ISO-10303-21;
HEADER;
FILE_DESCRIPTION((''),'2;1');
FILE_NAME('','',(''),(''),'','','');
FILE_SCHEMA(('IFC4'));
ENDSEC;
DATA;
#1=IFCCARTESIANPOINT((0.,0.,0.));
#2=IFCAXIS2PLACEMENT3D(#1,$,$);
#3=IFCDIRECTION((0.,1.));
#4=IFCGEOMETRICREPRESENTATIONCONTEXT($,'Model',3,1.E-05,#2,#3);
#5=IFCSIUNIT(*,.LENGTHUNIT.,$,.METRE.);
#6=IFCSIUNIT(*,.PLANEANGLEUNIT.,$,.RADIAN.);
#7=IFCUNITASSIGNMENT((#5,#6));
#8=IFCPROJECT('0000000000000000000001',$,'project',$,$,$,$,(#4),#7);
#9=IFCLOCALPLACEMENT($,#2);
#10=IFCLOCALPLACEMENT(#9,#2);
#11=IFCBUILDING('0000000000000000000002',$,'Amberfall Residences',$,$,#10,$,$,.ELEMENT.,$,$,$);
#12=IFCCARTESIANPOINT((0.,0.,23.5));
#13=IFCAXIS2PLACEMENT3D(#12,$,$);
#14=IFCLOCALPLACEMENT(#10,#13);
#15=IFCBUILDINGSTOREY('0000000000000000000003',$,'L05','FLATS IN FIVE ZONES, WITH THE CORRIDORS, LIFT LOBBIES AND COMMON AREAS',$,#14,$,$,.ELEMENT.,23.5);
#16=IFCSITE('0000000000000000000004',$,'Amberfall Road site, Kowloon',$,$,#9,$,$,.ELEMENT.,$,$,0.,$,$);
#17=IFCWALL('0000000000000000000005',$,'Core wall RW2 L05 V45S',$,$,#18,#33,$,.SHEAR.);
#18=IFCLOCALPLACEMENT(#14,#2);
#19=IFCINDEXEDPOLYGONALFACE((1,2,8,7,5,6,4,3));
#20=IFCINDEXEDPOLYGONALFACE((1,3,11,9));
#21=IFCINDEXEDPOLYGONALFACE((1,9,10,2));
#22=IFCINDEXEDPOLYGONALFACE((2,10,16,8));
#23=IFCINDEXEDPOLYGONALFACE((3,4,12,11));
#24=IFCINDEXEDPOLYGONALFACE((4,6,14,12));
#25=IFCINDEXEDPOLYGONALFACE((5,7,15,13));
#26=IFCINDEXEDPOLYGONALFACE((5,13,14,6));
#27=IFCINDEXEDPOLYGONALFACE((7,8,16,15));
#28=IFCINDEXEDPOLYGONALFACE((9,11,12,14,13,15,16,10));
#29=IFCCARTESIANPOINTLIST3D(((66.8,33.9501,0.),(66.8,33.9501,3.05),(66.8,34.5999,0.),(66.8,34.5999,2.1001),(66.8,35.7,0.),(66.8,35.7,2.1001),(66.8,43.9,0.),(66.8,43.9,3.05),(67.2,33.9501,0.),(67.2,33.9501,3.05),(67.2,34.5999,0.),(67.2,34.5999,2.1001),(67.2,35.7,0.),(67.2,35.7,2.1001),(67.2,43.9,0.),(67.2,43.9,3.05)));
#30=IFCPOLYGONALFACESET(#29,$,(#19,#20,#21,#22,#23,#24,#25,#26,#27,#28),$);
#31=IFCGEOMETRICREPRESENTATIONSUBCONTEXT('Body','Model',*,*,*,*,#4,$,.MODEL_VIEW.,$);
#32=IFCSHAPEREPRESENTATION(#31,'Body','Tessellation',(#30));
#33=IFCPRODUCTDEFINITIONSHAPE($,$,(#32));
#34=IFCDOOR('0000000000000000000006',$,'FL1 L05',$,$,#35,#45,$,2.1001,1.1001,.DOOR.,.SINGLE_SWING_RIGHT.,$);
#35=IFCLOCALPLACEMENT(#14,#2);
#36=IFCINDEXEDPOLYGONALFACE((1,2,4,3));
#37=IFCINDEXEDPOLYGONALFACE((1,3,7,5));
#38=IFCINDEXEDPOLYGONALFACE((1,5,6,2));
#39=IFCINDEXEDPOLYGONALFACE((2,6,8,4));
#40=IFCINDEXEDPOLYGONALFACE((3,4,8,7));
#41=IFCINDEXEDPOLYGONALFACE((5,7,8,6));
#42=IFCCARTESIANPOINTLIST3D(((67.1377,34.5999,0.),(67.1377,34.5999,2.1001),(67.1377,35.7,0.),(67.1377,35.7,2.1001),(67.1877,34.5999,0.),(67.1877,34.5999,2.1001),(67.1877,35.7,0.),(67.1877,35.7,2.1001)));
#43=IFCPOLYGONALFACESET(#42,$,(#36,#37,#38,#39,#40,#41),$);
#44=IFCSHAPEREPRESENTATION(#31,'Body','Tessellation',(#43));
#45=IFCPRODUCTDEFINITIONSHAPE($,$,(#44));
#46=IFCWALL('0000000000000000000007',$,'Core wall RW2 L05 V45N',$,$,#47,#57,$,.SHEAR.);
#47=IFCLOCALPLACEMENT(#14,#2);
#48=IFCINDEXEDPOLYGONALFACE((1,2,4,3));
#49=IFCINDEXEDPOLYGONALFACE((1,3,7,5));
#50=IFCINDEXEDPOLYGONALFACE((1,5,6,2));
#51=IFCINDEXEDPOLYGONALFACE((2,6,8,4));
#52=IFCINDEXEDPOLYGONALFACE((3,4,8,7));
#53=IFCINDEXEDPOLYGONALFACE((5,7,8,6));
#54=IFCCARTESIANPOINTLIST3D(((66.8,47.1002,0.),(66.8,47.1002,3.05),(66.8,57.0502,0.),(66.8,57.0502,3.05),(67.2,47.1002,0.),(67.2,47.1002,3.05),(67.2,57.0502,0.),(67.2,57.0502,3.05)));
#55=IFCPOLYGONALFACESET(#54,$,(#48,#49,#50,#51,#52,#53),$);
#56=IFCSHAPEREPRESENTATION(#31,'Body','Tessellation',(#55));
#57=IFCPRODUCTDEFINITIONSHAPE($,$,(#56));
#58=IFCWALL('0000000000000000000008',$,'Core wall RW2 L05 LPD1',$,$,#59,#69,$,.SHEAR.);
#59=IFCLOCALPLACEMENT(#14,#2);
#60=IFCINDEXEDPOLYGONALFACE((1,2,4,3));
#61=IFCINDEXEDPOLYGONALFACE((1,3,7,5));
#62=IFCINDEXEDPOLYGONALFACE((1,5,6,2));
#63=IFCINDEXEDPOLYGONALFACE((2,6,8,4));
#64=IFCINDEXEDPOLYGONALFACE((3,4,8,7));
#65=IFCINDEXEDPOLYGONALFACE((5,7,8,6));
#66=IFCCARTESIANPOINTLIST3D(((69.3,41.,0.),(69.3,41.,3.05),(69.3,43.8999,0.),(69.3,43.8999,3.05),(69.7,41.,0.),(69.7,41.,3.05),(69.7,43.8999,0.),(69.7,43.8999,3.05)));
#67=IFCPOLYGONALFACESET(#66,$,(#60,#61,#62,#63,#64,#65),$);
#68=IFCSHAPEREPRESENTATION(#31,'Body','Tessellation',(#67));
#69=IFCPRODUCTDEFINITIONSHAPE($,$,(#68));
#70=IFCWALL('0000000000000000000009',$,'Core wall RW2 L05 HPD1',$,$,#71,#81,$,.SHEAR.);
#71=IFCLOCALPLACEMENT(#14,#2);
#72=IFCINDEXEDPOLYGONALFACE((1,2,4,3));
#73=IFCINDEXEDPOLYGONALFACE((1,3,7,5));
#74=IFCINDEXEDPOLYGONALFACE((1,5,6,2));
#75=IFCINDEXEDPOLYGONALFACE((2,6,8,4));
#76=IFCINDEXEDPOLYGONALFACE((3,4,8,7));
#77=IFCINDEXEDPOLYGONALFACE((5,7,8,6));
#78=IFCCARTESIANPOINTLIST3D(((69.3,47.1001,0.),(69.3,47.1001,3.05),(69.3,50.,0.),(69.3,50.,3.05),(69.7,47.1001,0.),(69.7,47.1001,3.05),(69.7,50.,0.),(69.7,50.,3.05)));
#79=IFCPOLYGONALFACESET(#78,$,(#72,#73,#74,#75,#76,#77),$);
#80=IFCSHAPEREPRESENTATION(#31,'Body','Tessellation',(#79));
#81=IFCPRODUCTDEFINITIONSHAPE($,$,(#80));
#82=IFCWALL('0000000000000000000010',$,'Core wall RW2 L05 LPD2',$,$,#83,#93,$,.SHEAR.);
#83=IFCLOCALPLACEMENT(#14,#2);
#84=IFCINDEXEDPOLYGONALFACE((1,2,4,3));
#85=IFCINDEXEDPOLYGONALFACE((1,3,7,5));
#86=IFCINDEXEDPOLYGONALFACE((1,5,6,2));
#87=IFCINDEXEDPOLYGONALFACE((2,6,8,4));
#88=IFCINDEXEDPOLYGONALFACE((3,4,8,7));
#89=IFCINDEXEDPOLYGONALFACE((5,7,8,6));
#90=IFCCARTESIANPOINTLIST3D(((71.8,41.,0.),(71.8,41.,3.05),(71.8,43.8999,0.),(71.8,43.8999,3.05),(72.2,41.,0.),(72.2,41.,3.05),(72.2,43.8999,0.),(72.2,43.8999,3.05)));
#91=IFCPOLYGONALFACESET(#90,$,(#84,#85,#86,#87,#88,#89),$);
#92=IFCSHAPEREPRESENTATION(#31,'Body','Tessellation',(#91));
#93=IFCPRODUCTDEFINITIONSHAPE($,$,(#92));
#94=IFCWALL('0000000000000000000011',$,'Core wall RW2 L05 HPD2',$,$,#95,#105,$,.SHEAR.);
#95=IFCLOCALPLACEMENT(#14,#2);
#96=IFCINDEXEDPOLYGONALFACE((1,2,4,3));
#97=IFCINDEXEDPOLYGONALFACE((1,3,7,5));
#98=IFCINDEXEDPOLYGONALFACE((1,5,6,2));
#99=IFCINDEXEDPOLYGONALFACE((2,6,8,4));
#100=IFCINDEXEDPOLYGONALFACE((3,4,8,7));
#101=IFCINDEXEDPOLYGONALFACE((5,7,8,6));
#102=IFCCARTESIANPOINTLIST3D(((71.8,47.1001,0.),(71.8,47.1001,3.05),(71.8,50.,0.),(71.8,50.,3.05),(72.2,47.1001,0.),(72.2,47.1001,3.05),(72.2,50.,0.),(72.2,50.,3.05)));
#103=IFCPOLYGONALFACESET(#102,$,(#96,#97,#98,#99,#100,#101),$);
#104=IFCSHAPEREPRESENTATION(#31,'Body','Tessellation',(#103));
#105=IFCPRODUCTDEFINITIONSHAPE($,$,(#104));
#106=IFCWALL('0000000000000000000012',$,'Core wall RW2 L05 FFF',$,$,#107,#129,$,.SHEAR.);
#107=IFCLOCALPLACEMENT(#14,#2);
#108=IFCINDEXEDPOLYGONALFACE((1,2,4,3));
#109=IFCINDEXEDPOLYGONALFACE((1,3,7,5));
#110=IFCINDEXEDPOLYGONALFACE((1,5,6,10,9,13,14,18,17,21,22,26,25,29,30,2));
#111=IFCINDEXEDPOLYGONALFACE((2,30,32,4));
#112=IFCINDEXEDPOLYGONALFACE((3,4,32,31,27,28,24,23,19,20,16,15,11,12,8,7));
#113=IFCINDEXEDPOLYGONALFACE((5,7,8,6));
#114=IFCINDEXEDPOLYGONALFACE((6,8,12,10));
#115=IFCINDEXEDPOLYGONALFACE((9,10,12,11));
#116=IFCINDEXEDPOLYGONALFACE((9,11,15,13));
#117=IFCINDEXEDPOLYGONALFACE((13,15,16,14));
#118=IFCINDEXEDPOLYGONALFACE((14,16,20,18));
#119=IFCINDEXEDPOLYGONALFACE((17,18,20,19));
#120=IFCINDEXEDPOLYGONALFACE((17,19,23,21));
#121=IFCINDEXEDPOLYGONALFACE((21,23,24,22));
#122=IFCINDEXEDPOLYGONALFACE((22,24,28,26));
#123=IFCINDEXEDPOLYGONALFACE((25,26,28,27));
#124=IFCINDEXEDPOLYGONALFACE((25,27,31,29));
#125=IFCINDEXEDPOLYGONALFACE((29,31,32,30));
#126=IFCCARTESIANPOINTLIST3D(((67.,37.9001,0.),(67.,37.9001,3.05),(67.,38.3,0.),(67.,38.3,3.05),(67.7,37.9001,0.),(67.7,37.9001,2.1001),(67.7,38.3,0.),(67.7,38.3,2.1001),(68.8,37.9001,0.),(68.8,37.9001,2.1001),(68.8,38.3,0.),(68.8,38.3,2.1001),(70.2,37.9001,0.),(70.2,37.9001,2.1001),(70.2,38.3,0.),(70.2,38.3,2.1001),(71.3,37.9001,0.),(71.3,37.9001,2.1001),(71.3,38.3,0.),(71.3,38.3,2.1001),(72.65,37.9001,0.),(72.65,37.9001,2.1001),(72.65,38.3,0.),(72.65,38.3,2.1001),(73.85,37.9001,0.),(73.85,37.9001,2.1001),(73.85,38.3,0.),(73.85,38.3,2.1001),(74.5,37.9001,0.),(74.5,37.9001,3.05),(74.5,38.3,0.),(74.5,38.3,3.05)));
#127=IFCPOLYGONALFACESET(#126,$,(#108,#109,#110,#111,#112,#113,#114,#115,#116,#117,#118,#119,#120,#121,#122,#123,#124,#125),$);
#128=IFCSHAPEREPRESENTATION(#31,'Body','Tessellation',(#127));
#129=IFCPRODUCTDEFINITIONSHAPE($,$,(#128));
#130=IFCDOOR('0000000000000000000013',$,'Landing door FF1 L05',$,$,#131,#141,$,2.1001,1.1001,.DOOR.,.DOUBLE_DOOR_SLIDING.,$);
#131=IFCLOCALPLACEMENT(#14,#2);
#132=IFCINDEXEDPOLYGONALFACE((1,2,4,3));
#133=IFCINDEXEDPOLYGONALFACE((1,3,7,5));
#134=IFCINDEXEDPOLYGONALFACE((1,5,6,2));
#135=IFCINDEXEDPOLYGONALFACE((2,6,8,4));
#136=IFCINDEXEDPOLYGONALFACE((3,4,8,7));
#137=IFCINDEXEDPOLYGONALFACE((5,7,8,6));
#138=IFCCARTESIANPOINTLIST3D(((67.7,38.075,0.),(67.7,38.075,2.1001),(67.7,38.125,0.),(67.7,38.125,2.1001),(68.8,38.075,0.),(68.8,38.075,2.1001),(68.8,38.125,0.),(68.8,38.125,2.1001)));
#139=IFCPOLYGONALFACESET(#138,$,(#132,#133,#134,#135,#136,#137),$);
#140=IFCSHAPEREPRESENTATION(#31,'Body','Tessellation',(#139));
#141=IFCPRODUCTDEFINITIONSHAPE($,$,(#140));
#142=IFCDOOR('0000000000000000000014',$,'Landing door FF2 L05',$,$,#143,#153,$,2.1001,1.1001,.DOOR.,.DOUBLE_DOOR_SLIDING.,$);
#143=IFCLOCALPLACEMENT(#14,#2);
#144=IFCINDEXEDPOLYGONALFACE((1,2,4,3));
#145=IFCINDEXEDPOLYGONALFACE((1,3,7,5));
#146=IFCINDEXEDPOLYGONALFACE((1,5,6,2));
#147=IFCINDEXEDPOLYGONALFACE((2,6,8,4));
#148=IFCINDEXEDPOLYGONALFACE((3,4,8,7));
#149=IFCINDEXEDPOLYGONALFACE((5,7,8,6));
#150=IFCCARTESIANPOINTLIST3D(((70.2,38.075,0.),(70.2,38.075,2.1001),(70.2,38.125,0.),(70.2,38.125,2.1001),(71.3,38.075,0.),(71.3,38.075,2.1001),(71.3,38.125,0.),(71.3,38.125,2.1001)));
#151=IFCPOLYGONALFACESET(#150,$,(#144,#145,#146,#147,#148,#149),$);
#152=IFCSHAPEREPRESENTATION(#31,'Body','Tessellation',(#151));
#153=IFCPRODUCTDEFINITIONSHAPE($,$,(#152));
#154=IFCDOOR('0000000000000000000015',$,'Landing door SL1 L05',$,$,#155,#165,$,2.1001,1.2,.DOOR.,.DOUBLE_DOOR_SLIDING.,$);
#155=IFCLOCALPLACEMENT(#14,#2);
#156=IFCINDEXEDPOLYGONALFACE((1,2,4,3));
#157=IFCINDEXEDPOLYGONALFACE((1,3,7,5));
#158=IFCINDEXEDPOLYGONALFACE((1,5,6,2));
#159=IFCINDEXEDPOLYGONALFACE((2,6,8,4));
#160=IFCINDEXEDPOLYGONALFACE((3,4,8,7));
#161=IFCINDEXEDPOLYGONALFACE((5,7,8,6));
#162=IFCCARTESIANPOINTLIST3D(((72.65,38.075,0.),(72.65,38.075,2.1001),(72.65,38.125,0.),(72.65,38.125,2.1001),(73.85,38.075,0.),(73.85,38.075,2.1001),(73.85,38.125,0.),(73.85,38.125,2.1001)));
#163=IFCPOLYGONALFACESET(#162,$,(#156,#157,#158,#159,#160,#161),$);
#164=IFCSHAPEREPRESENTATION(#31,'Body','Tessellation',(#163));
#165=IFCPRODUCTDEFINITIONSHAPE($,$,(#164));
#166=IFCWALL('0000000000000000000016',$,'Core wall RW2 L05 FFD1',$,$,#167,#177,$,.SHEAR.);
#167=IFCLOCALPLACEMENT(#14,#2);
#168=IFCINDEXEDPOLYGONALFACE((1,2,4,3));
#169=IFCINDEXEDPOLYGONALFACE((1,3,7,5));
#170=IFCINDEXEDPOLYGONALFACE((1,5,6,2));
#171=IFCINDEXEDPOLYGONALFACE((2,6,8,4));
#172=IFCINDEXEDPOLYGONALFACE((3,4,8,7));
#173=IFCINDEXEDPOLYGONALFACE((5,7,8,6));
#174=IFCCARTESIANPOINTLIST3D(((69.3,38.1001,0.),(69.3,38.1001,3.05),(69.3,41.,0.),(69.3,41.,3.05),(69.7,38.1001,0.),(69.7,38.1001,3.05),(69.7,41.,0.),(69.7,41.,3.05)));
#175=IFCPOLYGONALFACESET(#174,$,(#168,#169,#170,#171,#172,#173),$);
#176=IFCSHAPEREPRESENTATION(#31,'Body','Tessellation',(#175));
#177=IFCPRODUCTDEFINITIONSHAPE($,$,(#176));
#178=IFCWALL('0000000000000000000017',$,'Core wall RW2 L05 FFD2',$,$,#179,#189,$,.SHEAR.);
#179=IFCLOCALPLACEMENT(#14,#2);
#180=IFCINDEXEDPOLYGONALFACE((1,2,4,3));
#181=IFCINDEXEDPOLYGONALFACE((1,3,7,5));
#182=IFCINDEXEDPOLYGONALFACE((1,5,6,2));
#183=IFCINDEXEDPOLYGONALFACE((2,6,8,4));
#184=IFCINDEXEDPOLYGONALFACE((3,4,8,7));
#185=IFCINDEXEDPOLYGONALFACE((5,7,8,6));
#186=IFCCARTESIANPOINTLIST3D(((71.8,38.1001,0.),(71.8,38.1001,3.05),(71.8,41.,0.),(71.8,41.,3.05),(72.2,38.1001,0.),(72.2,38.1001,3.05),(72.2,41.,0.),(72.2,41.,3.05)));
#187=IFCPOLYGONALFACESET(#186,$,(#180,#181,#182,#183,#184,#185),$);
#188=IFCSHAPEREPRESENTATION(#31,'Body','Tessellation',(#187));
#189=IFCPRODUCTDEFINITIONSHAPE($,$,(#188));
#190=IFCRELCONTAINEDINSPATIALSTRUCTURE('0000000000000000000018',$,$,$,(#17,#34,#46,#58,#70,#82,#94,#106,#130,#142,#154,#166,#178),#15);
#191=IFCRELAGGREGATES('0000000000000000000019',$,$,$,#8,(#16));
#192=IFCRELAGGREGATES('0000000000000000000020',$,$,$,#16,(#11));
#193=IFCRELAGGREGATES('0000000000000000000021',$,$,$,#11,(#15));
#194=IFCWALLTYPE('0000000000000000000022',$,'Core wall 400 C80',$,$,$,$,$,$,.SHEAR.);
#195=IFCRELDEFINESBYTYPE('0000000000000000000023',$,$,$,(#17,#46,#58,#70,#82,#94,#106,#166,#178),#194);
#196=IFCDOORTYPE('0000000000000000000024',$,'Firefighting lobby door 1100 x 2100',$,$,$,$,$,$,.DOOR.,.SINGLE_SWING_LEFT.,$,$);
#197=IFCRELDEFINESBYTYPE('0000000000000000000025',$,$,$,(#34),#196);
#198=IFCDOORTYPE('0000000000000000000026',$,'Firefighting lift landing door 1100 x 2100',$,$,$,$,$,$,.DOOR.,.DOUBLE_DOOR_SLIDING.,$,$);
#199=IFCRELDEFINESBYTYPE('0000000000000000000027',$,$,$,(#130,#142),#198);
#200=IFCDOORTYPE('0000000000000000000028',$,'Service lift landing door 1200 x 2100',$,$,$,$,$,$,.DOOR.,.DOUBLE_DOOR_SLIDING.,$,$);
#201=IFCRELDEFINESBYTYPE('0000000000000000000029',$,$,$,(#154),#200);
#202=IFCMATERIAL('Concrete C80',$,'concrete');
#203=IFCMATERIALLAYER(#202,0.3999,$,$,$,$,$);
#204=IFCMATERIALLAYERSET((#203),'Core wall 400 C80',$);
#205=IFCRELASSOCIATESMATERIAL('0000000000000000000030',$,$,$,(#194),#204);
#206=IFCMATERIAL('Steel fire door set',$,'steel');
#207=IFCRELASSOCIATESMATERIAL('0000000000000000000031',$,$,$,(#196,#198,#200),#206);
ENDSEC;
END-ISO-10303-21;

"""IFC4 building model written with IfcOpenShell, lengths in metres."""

from ifc_helpers import new_model, si_unit, direction, frame, frame_2d, origin, place, context, subcontext, project, spatial, rectangle, extrude, material, layer, layer_set, type_object, element, fill, save


model = new_model("IFC4")

# Units and contexts
model_context = context("Model", 3, precision=1e-05, world=origin(), true_north=direction((0.0, 1.0)))
body_context = subcontext(model_context, "Body", "Model", "MODEL_VIEW")
ifc_project = project(units=[si_unit("LENGTHUNIT", "METRE"), si_unit("PLANEANGLEUNIT", "RADIAN")], contexts=[model_context])

# Site, building, storey
site_placement = place(None, origin())
site = spatial("IfcSite", under=ifc_project, at=site_placement, Name="Amberfall Road site, Kowloon", CompositionType="ELEMENT", RefElevation=0.0)
building_placement = place(site_placement, origin())
building = spatial("IfcBuilding", under=site, at=building_placement, Name="Amberfall Residences", CompositionType="ELEMENT")
storey_placement = place(building_placement, frame((0.0, 0.0, 23.5)))
storey = spatial("IfcBuildingStorey", under=building, at=storey_placement, Name="L05", Description="FLATS IN FIVE ZONES, WITH THE CORRIDORS, LIFT LOBBIES AND COMMON AREAS", CompositionType="ELEMENT", Elevation=23.5)

# Wall, opening, door
ifc_material_1 = material(Name="Concrete C80", Category="concrete")
ifc_layer_1 = layer(ifc_material_1, 0.3999)
ifc_layer_set_1 = layer_set([ifc_layer_1], Name="Core wall 400 C80")
wall_type_1 = type_object("IfcWallType", Name="Core wall 400 C80", PredefinedType="SHEAR", material=ifc_layer_set_1)
wall_1_placement = place(storey_placement, frame((67.0, 33.95, 0.0), z_axis=(0.0, 0.0, 1.0), x_axis=(0.0, 1.0, 0.0)))
wall_1 = element("IfcWall", 1, at=wall_1_placement, inside=storey, type_object=wall_type_1, Name="Core wall RW2 L05 V45S", PredefinedType="SHEAR", context=body_context, shape_type="SweptSolid", body=[
    extrude(rectangle(XDim=9.95, YDim=0.3999, at=frame_2d((4.9751, 0.0))), origin(), (0.0, 0.0, 1.0), 3.05),
])
opening_1_placement = place(wall_1_placement, frame((0.6499, 0.0, 0.0)))
opening_1 = element("IfcOpeningElement", 2, at=opening_1_placement, cuts=wall_1, PredefinedType="OPENING", context=body_context, shape_type="SweptSolid", body=[
    extrude(rectangle(XDim=1.1001, YDim=2.1001, at=frame_2d((0.55, 1.05))), frame((0.0, 0.21, 0.0), z_axis=(0.0, -1.0, 0.0), x_axis=(1.0, 0.0, 0.0)), (0.0, 0.0, 1.0), 0.4199),
])
ifc_material_2 = material(Name="Steel fire door set", Category="steel")
door_type_1 = type_object("IfcDoorType", Name="Firefighting lobby door 1100 x 2100", OperationType="SINGLE_SWING_LEFT", PredefinedType="DOOR", material=ifc_material_2)
door_1_placement = place(opening_1_placement, origin())
door_1 = element("IfcDoor", 3, at=door_1_placement, inside=storey, type_object=door_type_1, Name="FL1 L05", OperationType="SINGLE_SWING_RIGHT", OverallHeight=2.1001, OverallWidth=1.1001, PredefinedType="DOOR", context=body_context, shape_type="SweptSolid", body=[
    extrude(rectangle(XDim=1.1001, YDim=2.1001, at=frame_2d((0.55, 1.05))), frame((0.0, -0.1377, 0.0), z_axis=(0.0, -1.0, 0.0), x_axis=(1.0, 0.0, 0.0)), (0.0, 0.0, 1.0), 0.05),
])
fill(opening_1, door_1)

# Walls
wall_2_placement = place(storey_placement, frame((67.0, 47.1001, 0.0), z_axis=(0.0, 0.0, 1.0), x_axis=(0.0, 1.0, 0.0)))
element("IfcWall", 4, at=wall_2_placement, inside=storey, type_object=wall_type_1, Name="Core wall RW2 L05 V45N", PredefinedType="SHEAR", context=body_context, shape_type="SweptSolid", body=[
    extrude(rectangle(XDim=9.95, YDim=0.3999, at=frame_2d((4.9751, 0.0))), origin(), (0.0, 0.0, 1.0), 3.05),
])
for number, where, z_axis, x_axis, name in (
    (5, (69.5, 41.0, 0.0), (0.0, 0.0, 1.0), (0.0, 1.0, 0.0), "Core wall RW2 L05 LPD1"),
    (6, (69.5, 47.1001, 0.0), (0.0, 0.0, 1.0), (0.0, 1.0, 0.0), "Core wall RW2 L05 HPD1"),
    (7, (72.0, 41.0, 0.0), (0.0, 0.0, 1.0), (0.0, 1.0, 0.0), "Core wall RW2 L05 LPD2"),
    (8, (72.0, 47.1001, 0.0), (0.0, 0.0, 1.0), (0.0, 1.0, 0.0), "Core wall RW2 L05 HPD2"),
):
    element("IfcWall", number, at=place(storey_placement, frame(where, z_axis=z_axis, x_axis=x_axis)), inside=storey, type_object=wall_type_1, Name=name, PredefinedType="SHEAR", context=body_context, shape_type="SweptSolid", body=[
        extrude(rectangle(XDim=2.8999, YDim=0.3999, at=frame_2d((1.45, 0.0))), origin(), (0.0, 0.0, 1.0), 3.05),
    ])

# Wall, openings, doors
wall_3_placement = place(storey_placement, frame((67.0, 38.1001, 0.0), z_axis=(0.0, 0.0, 1.0), x_axis=(1.0, 0.0, 0.0)))
wall_3 = element("IfcWall", 9, at=wall_3_placement, inside=storey, type_object=wall_type_1, Name="Core wall RW2 L05 FFF", PredefinedType="SHEAR", context=body_context, shape_type="SweptSolid", body=[
    extrude(rectangle(XDim=7.5, YDim=0.3999, at=frame_2d((3.75, 0.0))), origin(), (0.0, 0.0, 1.0), 3.05),
])
opening_2_placement = place(wall_3_placement, frame((0.7, 0.0, 0.0)))
opening_2 = element("IfcOpeningElement", 10, at=opening_2_placement, cuts=wall_3, PredefinedType="OPENING", context=body_context, shape_type="SweptSolid", body=[
    extrude(rectangle(XDim=1.1001, YDim=2.1001, at=frame_2d((0.55, 1.05))), frame((0.0, 0.21, 0.0), z_axis=(0.0, -1.0, 0.0), x_axis=(1.0, 0.0, 0.0)), (0.0, 0.0, 1.0), 0.4199),
])
opening_3_placement = place(wall_3_placement, frame((3.2, 0.0, 0.0)))
opening_3 = element("IfcOpeningElement", 11, at=opening_3_placement, cuts=wall_3, PredefinedType="OPENING", context=body_context, shape_type="SweptSolid", body=[
    extrude(rectangle(XDim=1.1001, YDim=2.1001, at=frame_2d((0.55, 1.05))), frame((0.0, 0.21, 0.0), z_axis=(0.0, -1.0, 0.0), x_axis=(1.0, 0.0, 0.0)), (0.0, 0.0, 1.0), 0.4199),
])
opening_4_placement = place(wall_3_placement, frame((5.6499, 0.0, 0.0)))
opening_4 = element("IfcOpeningElement", 12, at=opening_4_placement, cuts=wall_3, PredefinedType="OPENING", context=body_context, shape_type="SweptSolid", body=[
    extrude(rectangle(XDim=1.2, YDim=2.1001, at=frame_2d((0.6001, 1.05))), frame((0.0, 0.21, 0.0), z_axis=(0.0, -1.0, 0.0), x_axis=(1.0, 0.0, 0.0)), (0.0, 0.0, 1.0), 0.4199),
])
door_type_2 = type_object("IfcDoorType", Name="Firefighting lift landing door 1100 x 2100", OperationType="DOUBLE_DOOR_SLIDING", PredefinedType="DOOR", material=ifc_material_2)
door_2_placement = place(opening_2_placement, origin())
door_2 = element("IfcDoor", 13, at=door_2_placement, inside=storey, type_object=door_type_2, Name="Landing door FF1 L05", OperationType="DOUBLE_DOOR_SLIDING", OverallHeight=2.1001, OverallWidth=1.1001, PredefinedType="DOOR", context=body_context, shape_type="SweptSolid", body=[
    extrude(rectangle(XDim=1.1001, YDim=2.1001, at=frame_2d((0.55, 1.05))), frame((0.0, 0.0249, 0.0), z_axis=(0.0, -1.0, 0.0), x_axis=(1.0, 0.0, 0.0)), (0.0, 0.0, 1.0), 0.05),
])
fill(opening_2, door_2)
door_3_placement = place(opening_3_placement, origin())
door_3 = element("IfcDoor", 14, at=door_3_placement, inside=storey, type_object=door_type_2, Name="Landing door FF2 L05", OperationType="DOUBLE_DOOR_SLIDING", OverallHeight=2.1001, OverallWidth=1.1001, PredefinedType="DOOR", context=body_context, shape_type="SweptSolid", body=[
    extrude(rectangle(XDim=1.1001, YDim=2.1001, at=frame_2d((0.55, 1.05))), frame((0.0, 0.0249, 0.0), z_axis=(0.0, -1.0, 0.0), x_axis=(1.0, 0.0, 0.0)), (0.0, 0.0, 1.0), 0.05),
])
fill(opening_3, door_3)
door_type_3 = type_object("IfcDoorType", Name="Service lift landing door 1200 x 2100", OperationType="DOUBLE_DOOR_SLIDING", PredefinedType="DOOR", material=ifc_material_2)
door_4_placement = place(opening_4_placement, origin())
door_4 = element("IfcDoor", 15, at=door_4_placement, inside=storey, type_object=door_type_3, Name="Landing door SL1 L05", OperationType="DOUBLE_DOOR_SLIDING", OverallHeight=2.1001, OverallWidth=1.2, PredefinedType="DOOR", context=body_context, shape_type="SweptSolid", body=[
    extrude(rectangle(XDim=1.2, YDim=2.1001, at=frame_2d((0.6001, 1.05))), frame((0.0, 0.0249, 0.0), z_axis=(0.0, -1.0, 0.0), x_axis=(1.0, 0.0, 0.0)), (0.0, 0.0, 1.0), 0.05),
])
fill(opening_4, door_4)

# Walls
for number, where, z_axis, x_axis, name in (
    (16, (69.5, 38.1001, 0.0), (0.0, 0.0, 1.0), (0.0, 1.0, 0.0), "Core wall RW2 L05 FFD1"),
    (17, (72.0, 38.1001, 0.0), (0.0, 0.0, 1.0), (0.0, 1.0, 0.0), "Core wall RW2 L05 FFD2"),
):
    element("IfcWall", number, at=place(storey_placement, frame(where, z_axis=z_axis, x_axis=x_axis)), inside=storey, type_object=wall_type_1, Name=name, PredefinedType="SHEAR", context=body_context, shape_type="SweptSolid", body=[
        extrude(rectangle(XDim=2.8999, YDim=0.3999, at=frame_2d((1.45, 0.0))), origin(), (0.0, 0.0, 1.0), 3.05),
    ])

save(model, "model.ifc")
